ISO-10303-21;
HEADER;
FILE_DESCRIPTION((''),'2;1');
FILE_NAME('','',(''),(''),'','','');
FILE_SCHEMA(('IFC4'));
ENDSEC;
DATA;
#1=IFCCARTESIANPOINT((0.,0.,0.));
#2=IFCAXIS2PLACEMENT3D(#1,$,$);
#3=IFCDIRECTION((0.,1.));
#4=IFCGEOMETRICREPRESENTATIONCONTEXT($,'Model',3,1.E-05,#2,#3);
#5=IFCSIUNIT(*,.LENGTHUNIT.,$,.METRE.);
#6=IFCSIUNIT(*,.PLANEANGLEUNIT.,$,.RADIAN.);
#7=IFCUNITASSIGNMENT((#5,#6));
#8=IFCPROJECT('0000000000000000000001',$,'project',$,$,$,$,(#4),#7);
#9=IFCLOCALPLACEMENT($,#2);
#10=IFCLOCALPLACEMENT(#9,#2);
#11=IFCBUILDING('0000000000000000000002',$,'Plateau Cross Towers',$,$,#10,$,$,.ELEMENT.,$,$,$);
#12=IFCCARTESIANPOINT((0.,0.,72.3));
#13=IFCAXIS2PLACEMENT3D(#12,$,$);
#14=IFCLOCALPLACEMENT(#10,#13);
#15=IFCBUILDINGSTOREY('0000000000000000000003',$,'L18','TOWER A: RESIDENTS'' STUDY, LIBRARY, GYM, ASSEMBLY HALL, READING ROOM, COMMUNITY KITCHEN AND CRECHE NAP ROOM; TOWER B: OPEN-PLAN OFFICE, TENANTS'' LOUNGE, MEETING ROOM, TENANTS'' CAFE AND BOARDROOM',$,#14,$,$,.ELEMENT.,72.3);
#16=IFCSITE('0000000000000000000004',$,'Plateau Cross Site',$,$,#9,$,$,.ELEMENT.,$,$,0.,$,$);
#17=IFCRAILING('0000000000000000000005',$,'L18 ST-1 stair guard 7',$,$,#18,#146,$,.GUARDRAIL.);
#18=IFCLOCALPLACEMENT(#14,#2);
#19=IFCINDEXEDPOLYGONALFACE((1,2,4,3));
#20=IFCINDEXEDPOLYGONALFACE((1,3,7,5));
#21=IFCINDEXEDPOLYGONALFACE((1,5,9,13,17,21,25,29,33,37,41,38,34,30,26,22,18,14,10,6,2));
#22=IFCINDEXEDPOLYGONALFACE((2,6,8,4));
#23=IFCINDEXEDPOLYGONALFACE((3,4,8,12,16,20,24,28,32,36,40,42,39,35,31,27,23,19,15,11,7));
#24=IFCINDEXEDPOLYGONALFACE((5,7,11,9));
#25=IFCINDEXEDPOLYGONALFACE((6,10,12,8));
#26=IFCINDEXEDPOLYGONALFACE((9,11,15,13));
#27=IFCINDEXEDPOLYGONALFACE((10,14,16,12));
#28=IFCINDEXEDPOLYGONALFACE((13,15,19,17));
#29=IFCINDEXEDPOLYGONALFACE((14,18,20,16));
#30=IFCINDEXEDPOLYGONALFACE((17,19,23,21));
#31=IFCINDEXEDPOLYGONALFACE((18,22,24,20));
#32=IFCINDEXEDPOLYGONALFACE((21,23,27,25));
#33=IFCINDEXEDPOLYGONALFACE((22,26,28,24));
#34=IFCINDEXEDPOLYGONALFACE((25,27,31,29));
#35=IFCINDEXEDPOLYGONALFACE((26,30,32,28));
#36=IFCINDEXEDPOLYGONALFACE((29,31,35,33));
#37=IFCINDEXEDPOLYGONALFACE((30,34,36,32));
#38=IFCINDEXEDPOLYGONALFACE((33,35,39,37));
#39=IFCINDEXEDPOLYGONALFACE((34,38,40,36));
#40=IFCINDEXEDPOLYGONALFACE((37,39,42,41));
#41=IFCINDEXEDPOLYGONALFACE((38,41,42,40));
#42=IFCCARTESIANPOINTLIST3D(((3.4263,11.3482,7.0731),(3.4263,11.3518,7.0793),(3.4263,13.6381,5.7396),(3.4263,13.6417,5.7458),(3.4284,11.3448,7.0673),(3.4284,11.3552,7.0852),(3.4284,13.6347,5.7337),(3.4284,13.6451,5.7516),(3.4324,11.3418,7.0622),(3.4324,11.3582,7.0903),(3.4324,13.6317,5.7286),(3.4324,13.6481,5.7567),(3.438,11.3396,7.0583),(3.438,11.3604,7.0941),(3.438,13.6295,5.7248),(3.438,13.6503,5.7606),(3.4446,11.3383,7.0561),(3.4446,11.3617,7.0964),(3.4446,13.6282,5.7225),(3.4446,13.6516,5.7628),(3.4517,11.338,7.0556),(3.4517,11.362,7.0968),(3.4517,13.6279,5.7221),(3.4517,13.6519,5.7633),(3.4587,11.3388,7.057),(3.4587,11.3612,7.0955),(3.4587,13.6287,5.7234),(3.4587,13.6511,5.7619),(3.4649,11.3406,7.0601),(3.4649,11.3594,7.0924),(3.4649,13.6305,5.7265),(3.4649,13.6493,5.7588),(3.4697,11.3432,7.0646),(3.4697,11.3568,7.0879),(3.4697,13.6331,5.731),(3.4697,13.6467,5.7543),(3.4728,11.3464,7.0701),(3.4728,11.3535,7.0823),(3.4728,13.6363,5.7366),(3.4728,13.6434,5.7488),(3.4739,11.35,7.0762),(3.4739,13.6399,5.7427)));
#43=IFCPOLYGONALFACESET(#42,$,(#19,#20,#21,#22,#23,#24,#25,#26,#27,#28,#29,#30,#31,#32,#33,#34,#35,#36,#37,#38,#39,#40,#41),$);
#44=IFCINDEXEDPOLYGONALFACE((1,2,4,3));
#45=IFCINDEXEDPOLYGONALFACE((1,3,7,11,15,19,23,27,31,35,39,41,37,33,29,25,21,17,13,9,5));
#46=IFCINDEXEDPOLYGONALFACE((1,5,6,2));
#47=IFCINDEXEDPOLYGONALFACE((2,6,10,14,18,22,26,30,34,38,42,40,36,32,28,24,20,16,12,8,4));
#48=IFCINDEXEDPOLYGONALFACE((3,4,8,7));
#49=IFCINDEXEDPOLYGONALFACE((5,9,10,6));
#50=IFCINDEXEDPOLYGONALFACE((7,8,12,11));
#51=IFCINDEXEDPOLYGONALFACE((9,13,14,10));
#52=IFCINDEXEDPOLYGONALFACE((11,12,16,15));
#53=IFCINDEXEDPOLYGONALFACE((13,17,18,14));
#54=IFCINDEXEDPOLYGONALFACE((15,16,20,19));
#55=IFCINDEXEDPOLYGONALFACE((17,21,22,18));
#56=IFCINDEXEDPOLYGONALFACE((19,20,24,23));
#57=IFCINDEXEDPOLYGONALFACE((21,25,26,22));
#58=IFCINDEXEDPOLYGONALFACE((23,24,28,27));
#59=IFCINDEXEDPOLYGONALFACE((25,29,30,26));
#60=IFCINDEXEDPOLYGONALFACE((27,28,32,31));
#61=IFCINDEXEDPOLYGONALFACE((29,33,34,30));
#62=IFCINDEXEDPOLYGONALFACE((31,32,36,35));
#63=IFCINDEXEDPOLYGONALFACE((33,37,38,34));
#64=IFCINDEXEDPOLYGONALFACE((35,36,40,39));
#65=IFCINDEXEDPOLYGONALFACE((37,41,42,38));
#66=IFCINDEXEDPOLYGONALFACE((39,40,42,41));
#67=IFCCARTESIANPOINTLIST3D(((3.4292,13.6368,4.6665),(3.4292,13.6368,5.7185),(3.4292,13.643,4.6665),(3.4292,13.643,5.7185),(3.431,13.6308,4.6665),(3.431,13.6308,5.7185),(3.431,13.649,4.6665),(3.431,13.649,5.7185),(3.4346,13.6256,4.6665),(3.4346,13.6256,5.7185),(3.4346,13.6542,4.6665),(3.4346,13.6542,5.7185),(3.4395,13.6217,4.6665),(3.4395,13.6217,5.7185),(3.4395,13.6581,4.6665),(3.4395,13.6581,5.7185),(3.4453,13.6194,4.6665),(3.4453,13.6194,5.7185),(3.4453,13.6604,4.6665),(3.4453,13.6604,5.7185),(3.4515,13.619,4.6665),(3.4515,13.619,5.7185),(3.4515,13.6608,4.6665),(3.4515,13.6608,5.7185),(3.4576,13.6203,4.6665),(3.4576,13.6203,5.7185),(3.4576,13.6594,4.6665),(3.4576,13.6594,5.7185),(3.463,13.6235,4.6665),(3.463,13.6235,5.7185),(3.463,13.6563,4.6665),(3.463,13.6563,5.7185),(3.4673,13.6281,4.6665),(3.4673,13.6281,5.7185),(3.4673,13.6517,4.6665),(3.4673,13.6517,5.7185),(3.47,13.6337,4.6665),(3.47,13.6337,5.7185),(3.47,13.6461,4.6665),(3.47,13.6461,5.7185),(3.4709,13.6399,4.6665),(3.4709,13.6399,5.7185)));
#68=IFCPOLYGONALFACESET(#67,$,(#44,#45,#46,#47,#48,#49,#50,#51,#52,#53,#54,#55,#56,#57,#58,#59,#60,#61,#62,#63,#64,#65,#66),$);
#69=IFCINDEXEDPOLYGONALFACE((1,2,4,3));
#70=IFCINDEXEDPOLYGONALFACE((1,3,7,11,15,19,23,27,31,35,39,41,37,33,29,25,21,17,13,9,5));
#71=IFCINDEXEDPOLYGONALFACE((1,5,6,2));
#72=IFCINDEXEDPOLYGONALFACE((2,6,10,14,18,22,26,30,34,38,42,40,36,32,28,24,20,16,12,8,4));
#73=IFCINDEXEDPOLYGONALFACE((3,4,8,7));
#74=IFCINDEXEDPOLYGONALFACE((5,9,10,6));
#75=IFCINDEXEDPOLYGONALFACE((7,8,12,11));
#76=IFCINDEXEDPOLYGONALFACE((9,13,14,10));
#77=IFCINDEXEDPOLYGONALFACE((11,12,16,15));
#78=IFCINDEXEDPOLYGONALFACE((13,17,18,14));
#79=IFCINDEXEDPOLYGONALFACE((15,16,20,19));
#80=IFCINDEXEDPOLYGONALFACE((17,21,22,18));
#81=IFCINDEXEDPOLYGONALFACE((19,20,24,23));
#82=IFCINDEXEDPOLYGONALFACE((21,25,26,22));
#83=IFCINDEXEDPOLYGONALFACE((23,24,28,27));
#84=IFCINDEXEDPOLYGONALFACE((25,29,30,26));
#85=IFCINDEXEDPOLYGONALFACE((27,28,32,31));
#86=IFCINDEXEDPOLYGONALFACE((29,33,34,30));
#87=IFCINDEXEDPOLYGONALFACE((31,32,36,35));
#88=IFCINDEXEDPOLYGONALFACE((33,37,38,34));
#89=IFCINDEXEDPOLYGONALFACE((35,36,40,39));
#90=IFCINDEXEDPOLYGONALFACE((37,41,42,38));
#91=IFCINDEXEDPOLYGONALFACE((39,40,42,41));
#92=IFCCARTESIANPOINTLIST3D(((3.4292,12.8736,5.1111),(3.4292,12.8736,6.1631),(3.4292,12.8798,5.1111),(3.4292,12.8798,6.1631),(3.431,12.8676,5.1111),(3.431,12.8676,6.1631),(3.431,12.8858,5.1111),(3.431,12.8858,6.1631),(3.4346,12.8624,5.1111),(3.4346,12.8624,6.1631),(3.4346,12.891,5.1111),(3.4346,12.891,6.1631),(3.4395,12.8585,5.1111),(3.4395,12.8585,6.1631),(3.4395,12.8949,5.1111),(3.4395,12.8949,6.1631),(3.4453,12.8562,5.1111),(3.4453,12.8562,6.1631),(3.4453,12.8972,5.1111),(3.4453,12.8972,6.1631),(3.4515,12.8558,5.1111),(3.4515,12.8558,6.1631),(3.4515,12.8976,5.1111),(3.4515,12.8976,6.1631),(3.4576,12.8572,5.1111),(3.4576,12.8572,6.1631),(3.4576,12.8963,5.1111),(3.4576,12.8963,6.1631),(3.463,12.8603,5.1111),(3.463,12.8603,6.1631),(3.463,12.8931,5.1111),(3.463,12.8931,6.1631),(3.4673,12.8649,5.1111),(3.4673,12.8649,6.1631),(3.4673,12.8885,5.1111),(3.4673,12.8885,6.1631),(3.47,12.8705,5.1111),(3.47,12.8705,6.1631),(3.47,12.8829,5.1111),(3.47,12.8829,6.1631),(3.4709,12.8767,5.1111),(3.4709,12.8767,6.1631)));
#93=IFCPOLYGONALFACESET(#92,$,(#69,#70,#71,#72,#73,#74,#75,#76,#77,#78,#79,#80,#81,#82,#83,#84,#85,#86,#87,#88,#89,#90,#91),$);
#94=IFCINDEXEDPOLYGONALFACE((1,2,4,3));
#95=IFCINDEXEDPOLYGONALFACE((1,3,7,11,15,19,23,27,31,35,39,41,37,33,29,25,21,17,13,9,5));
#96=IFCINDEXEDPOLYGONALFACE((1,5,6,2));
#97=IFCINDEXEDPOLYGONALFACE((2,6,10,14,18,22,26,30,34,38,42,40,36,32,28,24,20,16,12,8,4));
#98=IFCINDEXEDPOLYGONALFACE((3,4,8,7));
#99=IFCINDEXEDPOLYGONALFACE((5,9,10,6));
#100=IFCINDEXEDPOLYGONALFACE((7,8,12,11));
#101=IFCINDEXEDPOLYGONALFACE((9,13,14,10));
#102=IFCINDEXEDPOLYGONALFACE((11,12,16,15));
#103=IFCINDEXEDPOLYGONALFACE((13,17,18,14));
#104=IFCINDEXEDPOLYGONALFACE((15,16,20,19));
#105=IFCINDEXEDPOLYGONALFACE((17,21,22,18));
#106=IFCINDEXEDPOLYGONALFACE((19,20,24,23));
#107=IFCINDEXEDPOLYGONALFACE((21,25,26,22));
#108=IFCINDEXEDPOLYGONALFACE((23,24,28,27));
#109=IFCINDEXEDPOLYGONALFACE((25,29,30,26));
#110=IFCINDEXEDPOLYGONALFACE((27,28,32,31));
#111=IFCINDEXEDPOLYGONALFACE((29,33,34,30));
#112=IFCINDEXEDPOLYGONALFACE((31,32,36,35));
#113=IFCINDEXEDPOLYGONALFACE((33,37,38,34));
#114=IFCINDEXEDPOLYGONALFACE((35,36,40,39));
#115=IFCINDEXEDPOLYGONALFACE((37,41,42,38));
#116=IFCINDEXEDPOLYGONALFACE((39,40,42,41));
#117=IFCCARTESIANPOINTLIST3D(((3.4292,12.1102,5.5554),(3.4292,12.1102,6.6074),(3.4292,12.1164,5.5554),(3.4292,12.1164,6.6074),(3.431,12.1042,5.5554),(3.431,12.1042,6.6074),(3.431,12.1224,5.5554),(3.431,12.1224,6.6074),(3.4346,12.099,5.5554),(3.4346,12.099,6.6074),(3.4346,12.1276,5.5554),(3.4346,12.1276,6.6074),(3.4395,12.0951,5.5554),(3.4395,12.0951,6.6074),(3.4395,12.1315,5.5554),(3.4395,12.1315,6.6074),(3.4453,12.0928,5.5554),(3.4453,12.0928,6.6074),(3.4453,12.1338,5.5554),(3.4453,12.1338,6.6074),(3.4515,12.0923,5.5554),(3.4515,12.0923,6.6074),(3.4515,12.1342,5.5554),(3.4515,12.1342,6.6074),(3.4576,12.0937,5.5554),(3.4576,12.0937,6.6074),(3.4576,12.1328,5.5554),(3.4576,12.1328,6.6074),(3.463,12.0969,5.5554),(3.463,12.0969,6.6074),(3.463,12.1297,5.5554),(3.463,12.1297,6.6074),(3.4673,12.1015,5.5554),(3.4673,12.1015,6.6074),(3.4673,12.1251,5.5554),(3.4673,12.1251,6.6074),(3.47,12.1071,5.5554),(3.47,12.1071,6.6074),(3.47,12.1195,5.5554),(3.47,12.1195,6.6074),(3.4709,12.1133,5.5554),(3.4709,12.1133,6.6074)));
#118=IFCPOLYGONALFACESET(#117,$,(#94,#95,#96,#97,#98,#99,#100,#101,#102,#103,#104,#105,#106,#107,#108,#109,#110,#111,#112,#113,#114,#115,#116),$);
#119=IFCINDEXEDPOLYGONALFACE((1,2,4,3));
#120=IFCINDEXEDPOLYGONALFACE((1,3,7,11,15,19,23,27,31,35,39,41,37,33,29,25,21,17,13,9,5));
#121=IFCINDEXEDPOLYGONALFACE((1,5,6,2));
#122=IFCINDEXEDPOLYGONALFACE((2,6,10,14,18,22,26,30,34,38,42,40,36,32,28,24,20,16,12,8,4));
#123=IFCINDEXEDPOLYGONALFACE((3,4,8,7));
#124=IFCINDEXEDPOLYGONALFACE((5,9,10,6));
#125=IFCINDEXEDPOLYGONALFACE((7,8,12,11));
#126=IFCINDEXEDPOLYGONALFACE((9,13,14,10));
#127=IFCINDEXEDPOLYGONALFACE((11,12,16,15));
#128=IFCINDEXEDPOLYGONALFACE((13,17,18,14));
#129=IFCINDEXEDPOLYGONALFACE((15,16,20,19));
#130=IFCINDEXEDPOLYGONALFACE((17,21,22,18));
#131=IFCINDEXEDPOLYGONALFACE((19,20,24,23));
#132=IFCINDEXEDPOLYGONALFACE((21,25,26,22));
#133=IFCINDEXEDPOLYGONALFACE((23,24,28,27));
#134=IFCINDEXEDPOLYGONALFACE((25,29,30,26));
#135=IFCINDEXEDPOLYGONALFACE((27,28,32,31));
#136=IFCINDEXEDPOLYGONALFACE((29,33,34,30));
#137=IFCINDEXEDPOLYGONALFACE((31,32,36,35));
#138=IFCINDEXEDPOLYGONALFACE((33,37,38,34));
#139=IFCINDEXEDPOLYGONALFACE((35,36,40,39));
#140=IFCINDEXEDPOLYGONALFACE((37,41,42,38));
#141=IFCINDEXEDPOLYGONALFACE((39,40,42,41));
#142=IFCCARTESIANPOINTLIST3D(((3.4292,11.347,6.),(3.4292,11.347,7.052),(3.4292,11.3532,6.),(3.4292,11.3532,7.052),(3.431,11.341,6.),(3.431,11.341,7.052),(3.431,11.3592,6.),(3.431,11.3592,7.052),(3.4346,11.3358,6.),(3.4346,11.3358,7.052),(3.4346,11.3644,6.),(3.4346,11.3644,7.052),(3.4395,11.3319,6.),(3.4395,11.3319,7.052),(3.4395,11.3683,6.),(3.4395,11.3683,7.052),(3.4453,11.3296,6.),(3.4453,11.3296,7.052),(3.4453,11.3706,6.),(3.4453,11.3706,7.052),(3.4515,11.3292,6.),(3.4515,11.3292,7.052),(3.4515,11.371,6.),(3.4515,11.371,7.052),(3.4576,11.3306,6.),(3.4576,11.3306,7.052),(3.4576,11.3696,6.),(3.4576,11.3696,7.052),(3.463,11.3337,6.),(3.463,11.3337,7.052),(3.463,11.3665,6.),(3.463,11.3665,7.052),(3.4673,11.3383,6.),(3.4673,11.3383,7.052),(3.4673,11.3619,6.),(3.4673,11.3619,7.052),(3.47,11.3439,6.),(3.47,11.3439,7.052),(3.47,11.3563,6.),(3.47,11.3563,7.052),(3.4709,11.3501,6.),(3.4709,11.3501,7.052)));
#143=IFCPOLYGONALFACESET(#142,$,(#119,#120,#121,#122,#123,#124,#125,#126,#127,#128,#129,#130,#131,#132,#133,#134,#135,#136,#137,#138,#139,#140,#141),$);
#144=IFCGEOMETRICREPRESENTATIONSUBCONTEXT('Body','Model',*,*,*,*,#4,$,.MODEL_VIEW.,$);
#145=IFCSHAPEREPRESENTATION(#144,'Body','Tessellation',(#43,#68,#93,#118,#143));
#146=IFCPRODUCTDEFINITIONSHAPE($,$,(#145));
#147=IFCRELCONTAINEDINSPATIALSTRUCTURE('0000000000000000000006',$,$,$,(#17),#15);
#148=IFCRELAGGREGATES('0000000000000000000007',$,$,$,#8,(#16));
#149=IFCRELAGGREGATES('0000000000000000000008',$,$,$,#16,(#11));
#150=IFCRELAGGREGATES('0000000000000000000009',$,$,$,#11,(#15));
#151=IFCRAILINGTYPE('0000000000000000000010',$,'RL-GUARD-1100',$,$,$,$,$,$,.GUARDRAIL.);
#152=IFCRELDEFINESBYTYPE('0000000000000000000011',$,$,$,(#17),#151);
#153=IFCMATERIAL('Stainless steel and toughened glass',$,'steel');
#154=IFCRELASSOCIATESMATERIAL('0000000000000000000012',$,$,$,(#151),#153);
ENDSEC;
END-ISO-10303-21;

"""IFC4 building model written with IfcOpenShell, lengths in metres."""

from ifc_helpers import new_model, si_unit, direction, frame, origin, origin_2d, place, context, subcontext, project, spatial, circle, extrude, material, type_object, element, save


model = new_model("IFC4")

# Units and contexts
model_context = context("Model", 3, precision=1e-05, world=origin(), true_north=direction((0.0, 1.0)))
body_context = subcontext(model_context, "Body", "Model", "MODEL_VIEW")
ifc_project = project(units=[si_unit("LENGTHUNIT", "METRE"), si_unit("PLANEANGLEUNIT", "RADIAN")], contexts=[model_context])

# Site, building, storey
site_placement = place(None, origin())
site = spatial("IfcSite", under=ifc_project, at=site_placement, Name="Plateau Cross Site", CompositionType="ELEMENT", RefElevation=0.0)
building_placement = place(site_placement, origin())
building = spatial("IfcBuilding", under=site, at=building_placement, Name="Plateau Cross Towers", CompositionType="ELEMENT")
storey_placement = place(building_placement, frame((0.0, 0.0, 72.3)))
storey = spatial("IfcBuildingStorey", under=building, at=storey_placement, Name="L18", Description="TOWER A: RESIDENTS' STUDY, LIBRARY, GYM, ASSEMBLY HALL, READING ROOM, COMMUNITY KITCHEN AND CRECHE NAP ROOM; TOWER B: OPEN-PLAN OFFICE, TENANTS' LOUNGE, MEETING ROOM, TENANTS' CAFE AND BOARDROOM", CompositionType="ELEMENT", Elevation=72.3)

# Railing
ifc_material_1 = material(Name="Stainless steel and toughened glass", Category="steel")
railing_type_1 = type_object("IfcRailingType", Name="RL-GUARD-1100", PredefinedType="GUARDRAIL", material=ifc_material_1)
railing_1_placement = place(storey_placement, frame((3.45, 13.6399, 4.6665)))
element("IfcRailing", 1, at=railing_1_placement, inside=storey, type_object=railing_type_1, Name="L18 ST-1 stair guard 7", PredefinedType="GUARDRAIL", context=body_context, shape_type="SweptSolid", body=[
    extrude(circle(Radius=0.0239, at=origin_2d()), frame((0.0, 0.0, 1.0762), z_axis=(0.0, -0.864143, 0.503246), x_axis=(1.0, 0.0, 0.0)), (0.0, 0.0, 1.0), 2.6499),
    extrude(circle(Radius=0.021, at=origin_2d()), origin(), (0.0, 0.0, 1.0), 1.052),
    extrude(circle(Radius=0.021, at=origin_2d()), frame((0.0, -0.7632, 0.4446)), (0.0, 0.0, 1.0), 1.052),
    extrude(circle(Radius=0.021, at=origin_2d()), frame((0.0, -1.5266, 0.8889)), (0.0, 0.0, 1.0), 1.052),
    extrude(circle(Radius=0.021, at=origin_2d()), frame((0.0, -2.2898, 1.3335)), (0.0, 0.0, 1.0), 1.052),
])

save(model, "model.ifc")
